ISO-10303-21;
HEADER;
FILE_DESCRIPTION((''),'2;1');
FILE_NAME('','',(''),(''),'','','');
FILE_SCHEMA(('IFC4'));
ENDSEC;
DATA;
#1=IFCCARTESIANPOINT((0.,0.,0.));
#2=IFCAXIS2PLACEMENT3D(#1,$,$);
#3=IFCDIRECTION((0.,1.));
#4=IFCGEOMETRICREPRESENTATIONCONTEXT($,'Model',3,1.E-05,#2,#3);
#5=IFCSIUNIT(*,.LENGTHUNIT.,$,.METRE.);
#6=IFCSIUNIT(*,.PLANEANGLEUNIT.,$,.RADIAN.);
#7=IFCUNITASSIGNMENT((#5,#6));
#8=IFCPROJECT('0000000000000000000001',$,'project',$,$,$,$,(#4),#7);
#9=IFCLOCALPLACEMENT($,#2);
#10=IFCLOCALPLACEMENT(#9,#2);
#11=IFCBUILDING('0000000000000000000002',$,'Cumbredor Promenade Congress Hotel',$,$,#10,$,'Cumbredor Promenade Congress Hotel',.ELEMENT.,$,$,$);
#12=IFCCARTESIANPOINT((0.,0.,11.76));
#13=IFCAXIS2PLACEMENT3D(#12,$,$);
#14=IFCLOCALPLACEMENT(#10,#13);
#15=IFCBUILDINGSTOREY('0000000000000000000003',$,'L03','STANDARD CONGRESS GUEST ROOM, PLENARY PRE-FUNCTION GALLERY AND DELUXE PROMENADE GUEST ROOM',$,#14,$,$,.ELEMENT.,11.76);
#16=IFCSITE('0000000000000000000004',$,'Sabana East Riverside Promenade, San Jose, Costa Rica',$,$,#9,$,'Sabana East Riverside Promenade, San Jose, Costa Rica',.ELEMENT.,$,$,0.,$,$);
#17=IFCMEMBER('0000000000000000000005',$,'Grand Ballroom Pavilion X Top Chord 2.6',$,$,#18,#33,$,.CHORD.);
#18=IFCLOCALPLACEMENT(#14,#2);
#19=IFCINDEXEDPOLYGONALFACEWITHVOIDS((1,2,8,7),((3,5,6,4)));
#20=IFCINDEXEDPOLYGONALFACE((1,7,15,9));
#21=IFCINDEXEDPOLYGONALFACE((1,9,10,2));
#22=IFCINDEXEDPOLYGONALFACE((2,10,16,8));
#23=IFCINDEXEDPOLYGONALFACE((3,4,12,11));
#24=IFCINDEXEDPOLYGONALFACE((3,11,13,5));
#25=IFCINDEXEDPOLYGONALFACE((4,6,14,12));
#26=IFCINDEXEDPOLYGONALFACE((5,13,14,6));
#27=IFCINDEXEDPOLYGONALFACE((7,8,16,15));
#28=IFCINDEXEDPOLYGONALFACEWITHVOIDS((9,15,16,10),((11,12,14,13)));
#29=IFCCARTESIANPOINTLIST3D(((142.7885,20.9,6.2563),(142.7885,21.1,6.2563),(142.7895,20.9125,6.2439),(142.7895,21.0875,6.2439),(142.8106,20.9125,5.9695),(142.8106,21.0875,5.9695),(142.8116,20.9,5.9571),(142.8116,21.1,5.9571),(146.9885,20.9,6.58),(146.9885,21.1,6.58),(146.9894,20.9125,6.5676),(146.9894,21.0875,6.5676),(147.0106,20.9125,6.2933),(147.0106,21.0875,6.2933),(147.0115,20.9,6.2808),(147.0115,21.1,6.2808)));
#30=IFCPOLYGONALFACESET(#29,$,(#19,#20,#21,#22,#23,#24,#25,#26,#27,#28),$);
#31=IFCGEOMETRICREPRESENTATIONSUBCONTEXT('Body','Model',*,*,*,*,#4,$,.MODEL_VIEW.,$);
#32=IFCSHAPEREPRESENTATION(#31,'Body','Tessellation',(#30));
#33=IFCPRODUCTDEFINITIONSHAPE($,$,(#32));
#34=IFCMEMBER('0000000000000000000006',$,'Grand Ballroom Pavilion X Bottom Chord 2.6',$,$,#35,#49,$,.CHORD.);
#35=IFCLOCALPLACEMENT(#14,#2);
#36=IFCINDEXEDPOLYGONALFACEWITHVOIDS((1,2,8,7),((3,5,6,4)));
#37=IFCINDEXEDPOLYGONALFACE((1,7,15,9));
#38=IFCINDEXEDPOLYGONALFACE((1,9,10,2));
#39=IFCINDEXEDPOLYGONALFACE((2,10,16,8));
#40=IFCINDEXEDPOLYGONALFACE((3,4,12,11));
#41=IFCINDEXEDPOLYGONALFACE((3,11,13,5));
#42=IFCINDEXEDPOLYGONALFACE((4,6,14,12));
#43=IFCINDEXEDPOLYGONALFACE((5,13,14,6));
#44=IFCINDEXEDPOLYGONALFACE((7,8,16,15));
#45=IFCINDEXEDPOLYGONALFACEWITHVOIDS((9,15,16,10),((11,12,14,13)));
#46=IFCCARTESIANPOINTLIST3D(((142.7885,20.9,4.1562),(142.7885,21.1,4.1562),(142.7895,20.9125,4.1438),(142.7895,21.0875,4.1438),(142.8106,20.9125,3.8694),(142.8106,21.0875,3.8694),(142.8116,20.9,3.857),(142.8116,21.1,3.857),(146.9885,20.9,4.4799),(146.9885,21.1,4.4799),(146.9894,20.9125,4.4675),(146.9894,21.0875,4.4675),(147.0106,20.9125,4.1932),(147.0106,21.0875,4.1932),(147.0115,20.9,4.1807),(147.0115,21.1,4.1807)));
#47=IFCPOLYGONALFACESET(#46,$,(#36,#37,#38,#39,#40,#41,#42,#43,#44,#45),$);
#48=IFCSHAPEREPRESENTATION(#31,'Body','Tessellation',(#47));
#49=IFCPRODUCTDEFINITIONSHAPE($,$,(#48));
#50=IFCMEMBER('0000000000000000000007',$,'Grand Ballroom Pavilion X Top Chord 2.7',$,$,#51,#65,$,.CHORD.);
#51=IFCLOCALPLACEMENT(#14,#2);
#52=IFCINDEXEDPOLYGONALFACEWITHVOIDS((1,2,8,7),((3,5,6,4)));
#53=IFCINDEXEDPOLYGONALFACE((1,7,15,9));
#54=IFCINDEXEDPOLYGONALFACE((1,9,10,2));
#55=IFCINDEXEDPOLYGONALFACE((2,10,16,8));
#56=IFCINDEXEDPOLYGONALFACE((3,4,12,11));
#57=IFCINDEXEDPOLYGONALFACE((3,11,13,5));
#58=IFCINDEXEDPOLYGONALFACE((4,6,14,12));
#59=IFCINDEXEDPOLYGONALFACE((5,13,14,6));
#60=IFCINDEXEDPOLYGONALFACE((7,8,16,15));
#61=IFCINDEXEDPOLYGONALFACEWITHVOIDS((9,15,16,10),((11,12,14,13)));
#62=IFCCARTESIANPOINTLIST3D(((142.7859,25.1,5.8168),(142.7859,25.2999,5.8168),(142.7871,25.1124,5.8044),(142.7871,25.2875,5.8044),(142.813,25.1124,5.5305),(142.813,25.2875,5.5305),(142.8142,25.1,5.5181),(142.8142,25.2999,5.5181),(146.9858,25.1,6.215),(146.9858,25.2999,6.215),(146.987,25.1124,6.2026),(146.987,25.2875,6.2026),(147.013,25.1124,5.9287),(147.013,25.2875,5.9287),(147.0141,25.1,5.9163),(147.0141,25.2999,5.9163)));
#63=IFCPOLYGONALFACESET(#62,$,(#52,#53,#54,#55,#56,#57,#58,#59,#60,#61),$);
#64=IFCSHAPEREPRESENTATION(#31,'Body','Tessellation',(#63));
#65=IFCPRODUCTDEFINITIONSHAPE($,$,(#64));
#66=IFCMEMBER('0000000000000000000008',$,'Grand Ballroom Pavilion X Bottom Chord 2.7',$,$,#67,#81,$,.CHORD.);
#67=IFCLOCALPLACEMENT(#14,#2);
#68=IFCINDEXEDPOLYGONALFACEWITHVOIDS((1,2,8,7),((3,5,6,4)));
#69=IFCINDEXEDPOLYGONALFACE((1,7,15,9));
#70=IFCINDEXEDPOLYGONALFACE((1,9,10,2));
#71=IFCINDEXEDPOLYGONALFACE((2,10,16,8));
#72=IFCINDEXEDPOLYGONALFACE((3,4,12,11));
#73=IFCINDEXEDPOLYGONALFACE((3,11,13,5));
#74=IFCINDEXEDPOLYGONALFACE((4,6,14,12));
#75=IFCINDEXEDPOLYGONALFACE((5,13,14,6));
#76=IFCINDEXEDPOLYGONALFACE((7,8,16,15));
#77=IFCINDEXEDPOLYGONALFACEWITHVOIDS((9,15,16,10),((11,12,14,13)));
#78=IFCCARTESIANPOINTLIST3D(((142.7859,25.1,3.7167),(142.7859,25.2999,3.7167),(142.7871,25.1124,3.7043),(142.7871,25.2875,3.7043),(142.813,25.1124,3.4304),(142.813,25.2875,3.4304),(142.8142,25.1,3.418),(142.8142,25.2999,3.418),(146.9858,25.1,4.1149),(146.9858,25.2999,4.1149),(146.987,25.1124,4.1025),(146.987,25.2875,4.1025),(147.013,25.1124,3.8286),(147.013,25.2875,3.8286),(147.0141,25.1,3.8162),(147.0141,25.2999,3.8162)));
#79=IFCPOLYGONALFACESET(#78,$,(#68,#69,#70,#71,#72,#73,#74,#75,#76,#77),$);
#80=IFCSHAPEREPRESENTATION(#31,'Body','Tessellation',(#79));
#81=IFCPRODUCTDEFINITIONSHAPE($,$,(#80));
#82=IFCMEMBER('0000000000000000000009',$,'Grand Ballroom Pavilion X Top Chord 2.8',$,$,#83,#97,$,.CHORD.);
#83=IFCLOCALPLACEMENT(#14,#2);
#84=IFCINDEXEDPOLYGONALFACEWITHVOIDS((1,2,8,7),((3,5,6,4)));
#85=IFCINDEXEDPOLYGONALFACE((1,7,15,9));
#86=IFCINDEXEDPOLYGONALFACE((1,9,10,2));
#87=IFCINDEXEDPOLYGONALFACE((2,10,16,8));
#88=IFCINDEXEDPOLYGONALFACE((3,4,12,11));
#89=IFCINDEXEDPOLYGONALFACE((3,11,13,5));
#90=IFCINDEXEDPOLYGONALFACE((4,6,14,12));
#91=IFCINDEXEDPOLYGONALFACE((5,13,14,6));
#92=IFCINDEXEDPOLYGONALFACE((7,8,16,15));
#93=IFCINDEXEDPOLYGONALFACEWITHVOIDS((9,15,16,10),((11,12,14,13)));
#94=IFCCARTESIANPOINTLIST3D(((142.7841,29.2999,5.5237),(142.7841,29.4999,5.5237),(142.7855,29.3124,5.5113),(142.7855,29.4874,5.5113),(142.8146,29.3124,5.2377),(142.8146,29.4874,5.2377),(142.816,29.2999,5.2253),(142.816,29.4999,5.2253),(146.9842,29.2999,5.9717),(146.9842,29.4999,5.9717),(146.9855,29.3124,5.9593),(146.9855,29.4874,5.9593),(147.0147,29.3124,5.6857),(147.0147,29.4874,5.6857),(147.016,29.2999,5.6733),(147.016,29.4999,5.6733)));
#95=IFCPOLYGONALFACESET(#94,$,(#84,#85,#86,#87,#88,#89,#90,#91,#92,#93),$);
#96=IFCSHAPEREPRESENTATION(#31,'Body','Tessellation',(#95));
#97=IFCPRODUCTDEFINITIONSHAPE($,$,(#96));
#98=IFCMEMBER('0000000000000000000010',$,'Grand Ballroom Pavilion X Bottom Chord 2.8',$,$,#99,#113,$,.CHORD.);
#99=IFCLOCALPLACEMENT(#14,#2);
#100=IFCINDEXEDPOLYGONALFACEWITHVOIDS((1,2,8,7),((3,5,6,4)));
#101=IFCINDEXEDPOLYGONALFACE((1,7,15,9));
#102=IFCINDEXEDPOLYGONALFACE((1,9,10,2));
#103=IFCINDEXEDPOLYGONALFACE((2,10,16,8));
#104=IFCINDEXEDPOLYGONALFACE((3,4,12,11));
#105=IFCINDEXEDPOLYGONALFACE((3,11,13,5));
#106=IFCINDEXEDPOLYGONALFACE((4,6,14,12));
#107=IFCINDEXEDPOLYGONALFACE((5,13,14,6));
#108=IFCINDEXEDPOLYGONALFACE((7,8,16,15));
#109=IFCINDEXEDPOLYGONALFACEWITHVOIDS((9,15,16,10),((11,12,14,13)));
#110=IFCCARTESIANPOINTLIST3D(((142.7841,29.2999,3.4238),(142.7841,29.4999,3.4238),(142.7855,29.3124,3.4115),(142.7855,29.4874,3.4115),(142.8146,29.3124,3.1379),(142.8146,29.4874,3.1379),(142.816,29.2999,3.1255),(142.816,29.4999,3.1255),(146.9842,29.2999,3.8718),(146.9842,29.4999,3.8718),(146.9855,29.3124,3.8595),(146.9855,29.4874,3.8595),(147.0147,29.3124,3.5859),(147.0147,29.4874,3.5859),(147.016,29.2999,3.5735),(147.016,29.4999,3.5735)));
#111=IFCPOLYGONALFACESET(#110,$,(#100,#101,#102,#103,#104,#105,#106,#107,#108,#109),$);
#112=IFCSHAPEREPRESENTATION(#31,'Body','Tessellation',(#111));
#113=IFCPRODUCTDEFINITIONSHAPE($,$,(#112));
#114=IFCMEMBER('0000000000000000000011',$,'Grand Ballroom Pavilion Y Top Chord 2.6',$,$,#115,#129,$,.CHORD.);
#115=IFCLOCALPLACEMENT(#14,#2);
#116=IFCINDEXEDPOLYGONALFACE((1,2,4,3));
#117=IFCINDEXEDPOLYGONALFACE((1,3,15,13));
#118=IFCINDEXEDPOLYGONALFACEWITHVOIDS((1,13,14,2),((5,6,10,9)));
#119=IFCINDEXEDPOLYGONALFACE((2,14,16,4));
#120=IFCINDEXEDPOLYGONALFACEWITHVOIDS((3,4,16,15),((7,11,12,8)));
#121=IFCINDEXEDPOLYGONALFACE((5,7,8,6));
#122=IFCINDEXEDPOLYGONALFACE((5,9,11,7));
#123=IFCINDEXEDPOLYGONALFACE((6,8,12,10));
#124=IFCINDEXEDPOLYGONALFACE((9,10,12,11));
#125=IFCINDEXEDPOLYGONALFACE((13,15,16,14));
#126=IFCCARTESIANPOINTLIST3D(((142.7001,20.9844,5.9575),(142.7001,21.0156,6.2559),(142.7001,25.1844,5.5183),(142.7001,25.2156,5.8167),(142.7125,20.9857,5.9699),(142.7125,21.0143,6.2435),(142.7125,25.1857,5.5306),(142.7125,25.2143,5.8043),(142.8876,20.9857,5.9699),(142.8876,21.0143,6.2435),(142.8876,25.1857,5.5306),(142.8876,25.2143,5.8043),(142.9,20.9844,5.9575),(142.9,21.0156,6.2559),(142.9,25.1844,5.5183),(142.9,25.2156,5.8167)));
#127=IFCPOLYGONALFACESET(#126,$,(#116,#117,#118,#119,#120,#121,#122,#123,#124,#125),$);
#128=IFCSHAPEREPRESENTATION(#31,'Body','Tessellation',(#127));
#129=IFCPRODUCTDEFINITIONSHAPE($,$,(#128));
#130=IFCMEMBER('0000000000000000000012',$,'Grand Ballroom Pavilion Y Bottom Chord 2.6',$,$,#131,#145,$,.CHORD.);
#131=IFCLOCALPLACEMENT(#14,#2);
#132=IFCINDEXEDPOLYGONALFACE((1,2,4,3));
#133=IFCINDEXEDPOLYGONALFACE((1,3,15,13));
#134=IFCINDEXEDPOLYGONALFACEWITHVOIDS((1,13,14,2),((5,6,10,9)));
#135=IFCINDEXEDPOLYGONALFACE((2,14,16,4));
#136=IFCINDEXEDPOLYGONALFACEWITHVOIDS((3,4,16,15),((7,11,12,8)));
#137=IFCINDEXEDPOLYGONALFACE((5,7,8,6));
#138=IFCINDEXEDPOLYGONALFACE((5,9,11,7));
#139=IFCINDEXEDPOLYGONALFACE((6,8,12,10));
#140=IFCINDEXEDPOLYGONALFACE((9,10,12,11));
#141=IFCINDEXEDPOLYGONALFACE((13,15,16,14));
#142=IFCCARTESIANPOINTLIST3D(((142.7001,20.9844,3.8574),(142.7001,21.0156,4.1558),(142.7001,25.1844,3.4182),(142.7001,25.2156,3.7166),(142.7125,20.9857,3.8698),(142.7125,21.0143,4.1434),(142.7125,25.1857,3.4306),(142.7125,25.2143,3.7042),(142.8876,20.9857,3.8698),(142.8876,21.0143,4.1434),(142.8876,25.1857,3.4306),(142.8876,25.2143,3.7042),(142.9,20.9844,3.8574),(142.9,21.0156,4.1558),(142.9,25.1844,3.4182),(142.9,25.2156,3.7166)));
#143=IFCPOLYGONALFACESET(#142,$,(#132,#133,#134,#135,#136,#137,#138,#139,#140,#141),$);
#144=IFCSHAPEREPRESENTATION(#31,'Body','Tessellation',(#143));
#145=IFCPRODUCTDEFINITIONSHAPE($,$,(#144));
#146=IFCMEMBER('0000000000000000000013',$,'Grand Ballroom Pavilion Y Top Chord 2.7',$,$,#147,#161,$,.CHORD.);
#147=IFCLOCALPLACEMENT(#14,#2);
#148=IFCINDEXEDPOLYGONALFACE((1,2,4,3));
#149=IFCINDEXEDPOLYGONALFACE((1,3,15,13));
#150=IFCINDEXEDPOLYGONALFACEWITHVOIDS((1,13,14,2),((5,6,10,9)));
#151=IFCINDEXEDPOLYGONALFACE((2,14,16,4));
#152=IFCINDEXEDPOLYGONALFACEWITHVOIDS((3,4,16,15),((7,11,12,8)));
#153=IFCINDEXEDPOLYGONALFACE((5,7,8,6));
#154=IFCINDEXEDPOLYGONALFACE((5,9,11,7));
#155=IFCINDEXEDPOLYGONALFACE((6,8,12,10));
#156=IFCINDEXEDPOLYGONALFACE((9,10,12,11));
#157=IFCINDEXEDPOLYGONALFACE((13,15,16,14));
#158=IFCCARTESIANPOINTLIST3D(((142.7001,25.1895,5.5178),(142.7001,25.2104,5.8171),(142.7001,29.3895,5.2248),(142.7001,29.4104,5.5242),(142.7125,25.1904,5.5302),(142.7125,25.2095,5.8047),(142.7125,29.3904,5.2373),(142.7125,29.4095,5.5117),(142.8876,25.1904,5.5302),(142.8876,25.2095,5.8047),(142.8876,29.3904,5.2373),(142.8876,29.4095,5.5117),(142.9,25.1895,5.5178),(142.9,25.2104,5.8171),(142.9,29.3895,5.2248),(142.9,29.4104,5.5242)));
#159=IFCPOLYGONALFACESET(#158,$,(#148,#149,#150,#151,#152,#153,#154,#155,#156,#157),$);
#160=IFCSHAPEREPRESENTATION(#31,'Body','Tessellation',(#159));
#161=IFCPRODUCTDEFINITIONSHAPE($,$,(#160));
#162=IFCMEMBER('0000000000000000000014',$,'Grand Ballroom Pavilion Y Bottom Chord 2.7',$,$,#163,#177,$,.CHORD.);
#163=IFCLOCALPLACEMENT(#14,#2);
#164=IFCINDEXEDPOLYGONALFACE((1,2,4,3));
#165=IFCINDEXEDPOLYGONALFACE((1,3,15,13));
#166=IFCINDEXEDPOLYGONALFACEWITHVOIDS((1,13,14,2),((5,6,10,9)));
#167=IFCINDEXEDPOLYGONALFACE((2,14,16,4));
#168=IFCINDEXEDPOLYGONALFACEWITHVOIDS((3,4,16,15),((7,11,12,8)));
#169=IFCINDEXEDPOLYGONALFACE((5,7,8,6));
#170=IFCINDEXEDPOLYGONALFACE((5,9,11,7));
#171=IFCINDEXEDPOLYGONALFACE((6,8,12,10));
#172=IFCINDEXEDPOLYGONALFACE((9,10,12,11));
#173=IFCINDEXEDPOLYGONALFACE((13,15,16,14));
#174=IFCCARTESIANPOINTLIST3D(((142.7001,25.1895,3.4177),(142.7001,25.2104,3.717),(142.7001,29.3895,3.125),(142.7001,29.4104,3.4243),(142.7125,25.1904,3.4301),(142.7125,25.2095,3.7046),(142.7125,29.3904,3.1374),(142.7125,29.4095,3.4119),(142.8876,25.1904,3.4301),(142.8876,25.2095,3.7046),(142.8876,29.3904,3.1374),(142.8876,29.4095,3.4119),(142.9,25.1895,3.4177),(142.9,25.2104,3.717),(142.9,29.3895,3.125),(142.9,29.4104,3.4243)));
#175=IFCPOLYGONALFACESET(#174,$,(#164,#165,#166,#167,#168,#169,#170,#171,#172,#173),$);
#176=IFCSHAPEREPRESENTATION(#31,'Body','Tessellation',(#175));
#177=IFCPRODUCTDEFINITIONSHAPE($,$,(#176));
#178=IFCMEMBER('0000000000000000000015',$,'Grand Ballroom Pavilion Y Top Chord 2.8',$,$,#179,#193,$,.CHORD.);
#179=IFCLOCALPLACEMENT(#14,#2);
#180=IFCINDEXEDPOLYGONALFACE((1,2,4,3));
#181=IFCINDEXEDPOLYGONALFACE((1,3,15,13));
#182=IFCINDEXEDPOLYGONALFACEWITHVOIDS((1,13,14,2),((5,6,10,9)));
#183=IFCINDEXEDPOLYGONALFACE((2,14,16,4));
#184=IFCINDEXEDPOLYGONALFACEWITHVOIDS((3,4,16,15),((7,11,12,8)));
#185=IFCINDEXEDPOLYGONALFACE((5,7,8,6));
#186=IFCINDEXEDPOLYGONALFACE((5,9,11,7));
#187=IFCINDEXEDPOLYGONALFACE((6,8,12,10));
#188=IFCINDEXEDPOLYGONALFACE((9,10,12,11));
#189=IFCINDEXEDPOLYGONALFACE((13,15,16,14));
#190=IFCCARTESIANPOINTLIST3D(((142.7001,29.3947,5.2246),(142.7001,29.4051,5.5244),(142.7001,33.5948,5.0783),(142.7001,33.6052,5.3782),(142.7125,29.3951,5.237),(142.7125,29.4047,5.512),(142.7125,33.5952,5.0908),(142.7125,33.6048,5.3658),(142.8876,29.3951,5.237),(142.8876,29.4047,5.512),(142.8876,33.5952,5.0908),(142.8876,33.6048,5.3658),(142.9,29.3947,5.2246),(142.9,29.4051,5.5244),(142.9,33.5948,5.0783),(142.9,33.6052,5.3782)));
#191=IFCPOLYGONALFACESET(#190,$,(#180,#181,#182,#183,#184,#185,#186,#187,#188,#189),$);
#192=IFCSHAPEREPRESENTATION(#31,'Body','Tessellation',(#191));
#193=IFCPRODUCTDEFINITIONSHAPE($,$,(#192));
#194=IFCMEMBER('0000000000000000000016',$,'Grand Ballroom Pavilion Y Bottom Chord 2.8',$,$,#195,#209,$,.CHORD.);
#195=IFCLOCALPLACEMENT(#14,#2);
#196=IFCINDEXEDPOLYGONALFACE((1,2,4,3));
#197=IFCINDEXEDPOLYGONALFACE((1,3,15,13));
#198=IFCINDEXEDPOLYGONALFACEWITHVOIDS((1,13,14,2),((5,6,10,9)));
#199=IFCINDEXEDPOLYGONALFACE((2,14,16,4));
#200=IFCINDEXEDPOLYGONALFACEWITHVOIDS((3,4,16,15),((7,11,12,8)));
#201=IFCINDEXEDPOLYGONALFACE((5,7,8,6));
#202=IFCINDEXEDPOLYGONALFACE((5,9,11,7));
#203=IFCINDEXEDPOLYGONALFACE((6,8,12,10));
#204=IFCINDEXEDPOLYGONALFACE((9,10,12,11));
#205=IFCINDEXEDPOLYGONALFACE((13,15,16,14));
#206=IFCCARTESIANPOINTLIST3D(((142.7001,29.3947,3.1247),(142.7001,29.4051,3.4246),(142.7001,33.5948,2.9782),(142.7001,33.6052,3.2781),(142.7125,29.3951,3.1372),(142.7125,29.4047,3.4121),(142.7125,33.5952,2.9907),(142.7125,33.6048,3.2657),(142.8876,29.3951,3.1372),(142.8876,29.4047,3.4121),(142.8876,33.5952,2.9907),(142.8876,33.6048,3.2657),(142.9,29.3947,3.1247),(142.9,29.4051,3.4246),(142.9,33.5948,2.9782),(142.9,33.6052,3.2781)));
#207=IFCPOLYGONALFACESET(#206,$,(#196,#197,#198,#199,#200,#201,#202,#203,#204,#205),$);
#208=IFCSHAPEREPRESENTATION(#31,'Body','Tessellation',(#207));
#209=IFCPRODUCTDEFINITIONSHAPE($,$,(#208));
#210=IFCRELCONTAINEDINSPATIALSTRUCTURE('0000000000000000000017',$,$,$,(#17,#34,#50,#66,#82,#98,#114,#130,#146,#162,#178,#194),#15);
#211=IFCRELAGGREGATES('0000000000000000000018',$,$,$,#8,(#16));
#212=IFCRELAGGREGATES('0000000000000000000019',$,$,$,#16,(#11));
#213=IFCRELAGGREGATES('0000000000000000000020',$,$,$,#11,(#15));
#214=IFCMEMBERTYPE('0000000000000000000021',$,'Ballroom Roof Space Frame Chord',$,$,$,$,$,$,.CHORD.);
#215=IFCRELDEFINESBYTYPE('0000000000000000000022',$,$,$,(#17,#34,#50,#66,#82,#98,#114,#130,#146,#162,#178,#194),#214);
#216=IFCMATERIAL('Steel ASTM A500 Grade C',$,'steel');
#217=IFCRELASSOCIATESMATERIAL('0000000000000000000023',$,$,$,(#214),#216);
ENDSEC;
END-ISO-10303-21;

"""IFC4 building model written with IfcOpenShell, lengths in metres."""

from ifc_helpers import new_model, si_unit, direction, frame, origin, origin_2d, place, context, subcontext, project, spatial, hollow_rectangle, extrude, material, material_profile, profile_set, type_object, element, save


model = new_model("IFC4")

# Units and contexts
model_context = context("Model", 3, precision=1e-05, world=origin(), true_north=direction((0.0, 1.0)))
body_context = subcontext(model_context, "Body", "Model", "MODEL_VIEW")
ifc_project = project(units=[si_unit("LENGTHUNIT", "METRE"), si_unit("PLANEANGLEUNIT", "RADIAN")], contexts=[model_context])

# Site, building, storey
site_placement = place(None, origin())
site = spatial("IfcSite", under=ifc_project, at=site_placement, Name="Sabana East Riverside Promenade, San Jose, Costa Rica", LongName="Sabana East Riverside Promenade, San Jose, Costa Rica", CompositionType="ELEMENT", RefElevation=0.0)
building_placement = place(site_placement, origin())
building = spatial("IfcBuilding", under=site, at=building_placement, Name="Cumbredor Promenade Congress Hotel", LongName="Cumbredor Promenade Congress Hotel", CompositionType="ELEMENT")
storey_placement = place(building_placement, frame((0.0, 0.0, 11.76)))
storey = spatial("IfcBuildingStorey", under=building, at=storey_placement, Name="L03", Description="STANDARD CONGRESS GUEST ROOM, PLENARY PRE-FUNCTION GALLERY AND DELUXE PROMENADE GUEST ROOM", CompositionType="ELEMENT", Elevation=11.76)

# Members
ifc_material_1 = material(Name="Steel ASTM A500 Grade C", Category="steel")
ifc_material_profile_1 = material_profile(ifc_material_1, hollow_rectangle(XDim=0.2, YDim=0.3, WallThickness=0.0125, at=origin_2d()), Name="HSS 300x200x12.5")
ifc_profile_set_1 = profile_set([ifc_material_profile_1], Name="Steel ASTM A500 Grade C")
member_type_1 = type_object("IfcMemberType", Name="Ballroom Roof Space Frame Chord", PredefinedType="CHORD", material=ifc_profile_set_1)
for number, where, z_axis, x_axis, name in (
    (1, (142.8, 21.0, 6.1067), (0.997043, 0.0, 0.076852), (0.0, 1.0, 0.0), "Grand Ballroom Pavilion X Top Chord 2.6"),
    (2, (142.8, 21.0, 4.0066), (0.997043, 0.0, 0.076852), (0.0, 1.0, 0.0), "Grand Ballroom Pavilion X Bottom Chord 2.6"),
):
    element("IfcMember", number, at=place(storey_placement, frame(where, z_axis=z_axis, x_axis=x_axis)), inside=storey, type_object=member_type_1, Name=name, PredefinedType="CHORD", context=body_context, shape_type="SweptSolid", body=[
        extrude(hollow_rectangle(XDim=0.2, YDim=0.3, WallThickness=0.0125, at=origin_2d()), origin(), (0.0, 0.0, 1.0), 4.2124),
    ])
for number, where, z_axis, x_axis, name in (
    (3, (142.8, 25.2, 5.6675), (0.995536, 0.0, 0.094386), (0.0, 1.0, 0.0), "Grand Ballroom Pavilion X Top Chord 2.7"),
    (4, (142.8, 25.2, 3.5674), (0.995536, 0.0, 0.094386), (0.0, 1.0, 0.0), "Grand Ballroom Pavilion X Bottom Chord 2.7"),
):
    element("IfcMember", number, at=place(storey_placement, frame(where, z_axis=z_axis, x_axis=x_axis)), inside=storey, type_object=member_type_1, Name=name, PredefinedType="CHORD", context=body_context, shape_type="SweptSolid", body=[
        extrude(hollow_rectangle(XDim=0.2, YDim=0.3, WallThickness=0.0125, at=origin_2d()), origin(), (0.0, 0.0, 1.0), 4.2188),
    ])
for number, where, z_axis, x_axis, name in (
    (5, (142.8, 29.3999, 5.3745), (0.994359, 0.0, 0.106066), (0.0, 1.0, 0.0), "Grand Ballroom Pavilion X Top Chord 2.8"),
    (6, (142.8, 29.3999, 3.2747), (0.994359, 0.0, 0.106066), (0.0, 1.0, 0.0), "Grand Ballroom Pavilion X Bottom Chord 2.8"),
):
    element("IfcMember", number, at=place(storey_placement, frame(where, z_axis=z_axis, x_axis=x_axis)), inside=storey, type_object=member_type_1, Name=name, PredefinedType="CHORD", context=body_context, shape_type="SweptSolid", body=[
        extrude(hollow_rectangle(XDim=0.2, YDim=0.3, WallThickness=0.0125, at=origin_2d()), origin(), (0.0, 0.0, 1.0), 4.2239),
    ])
for number, where, z_axis, x_axis, name in (
    (7, (142.8, 21.0, 6.1067), (0.0, 0.994577, -0.104008), (-1.0, 0.0, 0.0), "Grand Ballroom Pavilion Y Top Chord 2.6"),
    (8, (142.8, 21.0, 4.0066), (0.0, 0.994577, -0.104008), (-1.0, 0.0, 0.0), "Grand Ballroom Pavilion Y Bottom Chord 2.6"),
):
    element("IfcMember", number, at=place(storey_placement, frame(where, z_axis=z_axis, x_axis=x_axis)), inside=storey, type_object=member_type_1, Name=name, PredefinedType="CHORD", context=body_context, shape_type="SweptSolid", body=[
        extrude(hollow_rectangle(XDim=0.2, YDim=0.3, WallThickness=0.0125, at=origin_2d()), origin(), (0.0, 0.0, 1.0), 4.2229),
    ])
for number, where, z_axis, x_axis, name in (
    (9, (142.8, 25.2, 5.6675), (0.0, 0.997576, -0.069586), (-1.0, 0.0, 0.0), "Grand Ballroom Pavilion Y Top Chord 2.7"),
    (10, (142.8, 25.2, 3.5674), (0.0, 0.99758, -0.069528), (-1.0, 0.0, 0.0), "Grand Ballroom Pavilion Y Bottom Chord 2.7"),
):
    element("IfcMember", number, at=place(storey_placement, frame(where, z_axis=z_axis, x_axis=x_axis)), inside=storey, type_object=member_type_1, Name=name, PredefinedType="CHORD", context=body_context, shape_type="SweptSolid", body=[
        extrude(hollow_rectangle(XDim=0.2, YDim=0.3, WallThickness=0.0125, at=origin_2d()), origin(), (0.0, 0.0, 1.0), 4.2102),
    ])
for number, where, z_axis, x_axis, name in (
    (11, (142.8, 29.3999, 5.3745), (0.0, 0.999394, -0.034796), (-1.0, 0.0, 0.0), "Grand Ballroom Pavilion Y Top Chord 2.8"),
    (12, (142.8, 29.3999, 3.2747), (0.0, 0.999392, -0.034854), (-1.0, 0.0, 0.0), "Grand Ballroom Pavilion Y Bottom Chord 2.8"),
):
    element("IfcMember", number, at=place(storey_placement, frame(where, z_axis=z_axis, x_axis=x_axis)), inside=storey, type_object=member_type_1, Name=name, PredefinedType="CHORD", context=body_context, shape_type="SweptSolid", body=[
        extrude(hollow_rectangle(XDim=0.2, YDim=0.3, WallThickness=0.0125, at=origin_2d()), origin(), (0.0, 0.0, 1.0), 4.2026),
    ])

save(model, "model.ifc")
